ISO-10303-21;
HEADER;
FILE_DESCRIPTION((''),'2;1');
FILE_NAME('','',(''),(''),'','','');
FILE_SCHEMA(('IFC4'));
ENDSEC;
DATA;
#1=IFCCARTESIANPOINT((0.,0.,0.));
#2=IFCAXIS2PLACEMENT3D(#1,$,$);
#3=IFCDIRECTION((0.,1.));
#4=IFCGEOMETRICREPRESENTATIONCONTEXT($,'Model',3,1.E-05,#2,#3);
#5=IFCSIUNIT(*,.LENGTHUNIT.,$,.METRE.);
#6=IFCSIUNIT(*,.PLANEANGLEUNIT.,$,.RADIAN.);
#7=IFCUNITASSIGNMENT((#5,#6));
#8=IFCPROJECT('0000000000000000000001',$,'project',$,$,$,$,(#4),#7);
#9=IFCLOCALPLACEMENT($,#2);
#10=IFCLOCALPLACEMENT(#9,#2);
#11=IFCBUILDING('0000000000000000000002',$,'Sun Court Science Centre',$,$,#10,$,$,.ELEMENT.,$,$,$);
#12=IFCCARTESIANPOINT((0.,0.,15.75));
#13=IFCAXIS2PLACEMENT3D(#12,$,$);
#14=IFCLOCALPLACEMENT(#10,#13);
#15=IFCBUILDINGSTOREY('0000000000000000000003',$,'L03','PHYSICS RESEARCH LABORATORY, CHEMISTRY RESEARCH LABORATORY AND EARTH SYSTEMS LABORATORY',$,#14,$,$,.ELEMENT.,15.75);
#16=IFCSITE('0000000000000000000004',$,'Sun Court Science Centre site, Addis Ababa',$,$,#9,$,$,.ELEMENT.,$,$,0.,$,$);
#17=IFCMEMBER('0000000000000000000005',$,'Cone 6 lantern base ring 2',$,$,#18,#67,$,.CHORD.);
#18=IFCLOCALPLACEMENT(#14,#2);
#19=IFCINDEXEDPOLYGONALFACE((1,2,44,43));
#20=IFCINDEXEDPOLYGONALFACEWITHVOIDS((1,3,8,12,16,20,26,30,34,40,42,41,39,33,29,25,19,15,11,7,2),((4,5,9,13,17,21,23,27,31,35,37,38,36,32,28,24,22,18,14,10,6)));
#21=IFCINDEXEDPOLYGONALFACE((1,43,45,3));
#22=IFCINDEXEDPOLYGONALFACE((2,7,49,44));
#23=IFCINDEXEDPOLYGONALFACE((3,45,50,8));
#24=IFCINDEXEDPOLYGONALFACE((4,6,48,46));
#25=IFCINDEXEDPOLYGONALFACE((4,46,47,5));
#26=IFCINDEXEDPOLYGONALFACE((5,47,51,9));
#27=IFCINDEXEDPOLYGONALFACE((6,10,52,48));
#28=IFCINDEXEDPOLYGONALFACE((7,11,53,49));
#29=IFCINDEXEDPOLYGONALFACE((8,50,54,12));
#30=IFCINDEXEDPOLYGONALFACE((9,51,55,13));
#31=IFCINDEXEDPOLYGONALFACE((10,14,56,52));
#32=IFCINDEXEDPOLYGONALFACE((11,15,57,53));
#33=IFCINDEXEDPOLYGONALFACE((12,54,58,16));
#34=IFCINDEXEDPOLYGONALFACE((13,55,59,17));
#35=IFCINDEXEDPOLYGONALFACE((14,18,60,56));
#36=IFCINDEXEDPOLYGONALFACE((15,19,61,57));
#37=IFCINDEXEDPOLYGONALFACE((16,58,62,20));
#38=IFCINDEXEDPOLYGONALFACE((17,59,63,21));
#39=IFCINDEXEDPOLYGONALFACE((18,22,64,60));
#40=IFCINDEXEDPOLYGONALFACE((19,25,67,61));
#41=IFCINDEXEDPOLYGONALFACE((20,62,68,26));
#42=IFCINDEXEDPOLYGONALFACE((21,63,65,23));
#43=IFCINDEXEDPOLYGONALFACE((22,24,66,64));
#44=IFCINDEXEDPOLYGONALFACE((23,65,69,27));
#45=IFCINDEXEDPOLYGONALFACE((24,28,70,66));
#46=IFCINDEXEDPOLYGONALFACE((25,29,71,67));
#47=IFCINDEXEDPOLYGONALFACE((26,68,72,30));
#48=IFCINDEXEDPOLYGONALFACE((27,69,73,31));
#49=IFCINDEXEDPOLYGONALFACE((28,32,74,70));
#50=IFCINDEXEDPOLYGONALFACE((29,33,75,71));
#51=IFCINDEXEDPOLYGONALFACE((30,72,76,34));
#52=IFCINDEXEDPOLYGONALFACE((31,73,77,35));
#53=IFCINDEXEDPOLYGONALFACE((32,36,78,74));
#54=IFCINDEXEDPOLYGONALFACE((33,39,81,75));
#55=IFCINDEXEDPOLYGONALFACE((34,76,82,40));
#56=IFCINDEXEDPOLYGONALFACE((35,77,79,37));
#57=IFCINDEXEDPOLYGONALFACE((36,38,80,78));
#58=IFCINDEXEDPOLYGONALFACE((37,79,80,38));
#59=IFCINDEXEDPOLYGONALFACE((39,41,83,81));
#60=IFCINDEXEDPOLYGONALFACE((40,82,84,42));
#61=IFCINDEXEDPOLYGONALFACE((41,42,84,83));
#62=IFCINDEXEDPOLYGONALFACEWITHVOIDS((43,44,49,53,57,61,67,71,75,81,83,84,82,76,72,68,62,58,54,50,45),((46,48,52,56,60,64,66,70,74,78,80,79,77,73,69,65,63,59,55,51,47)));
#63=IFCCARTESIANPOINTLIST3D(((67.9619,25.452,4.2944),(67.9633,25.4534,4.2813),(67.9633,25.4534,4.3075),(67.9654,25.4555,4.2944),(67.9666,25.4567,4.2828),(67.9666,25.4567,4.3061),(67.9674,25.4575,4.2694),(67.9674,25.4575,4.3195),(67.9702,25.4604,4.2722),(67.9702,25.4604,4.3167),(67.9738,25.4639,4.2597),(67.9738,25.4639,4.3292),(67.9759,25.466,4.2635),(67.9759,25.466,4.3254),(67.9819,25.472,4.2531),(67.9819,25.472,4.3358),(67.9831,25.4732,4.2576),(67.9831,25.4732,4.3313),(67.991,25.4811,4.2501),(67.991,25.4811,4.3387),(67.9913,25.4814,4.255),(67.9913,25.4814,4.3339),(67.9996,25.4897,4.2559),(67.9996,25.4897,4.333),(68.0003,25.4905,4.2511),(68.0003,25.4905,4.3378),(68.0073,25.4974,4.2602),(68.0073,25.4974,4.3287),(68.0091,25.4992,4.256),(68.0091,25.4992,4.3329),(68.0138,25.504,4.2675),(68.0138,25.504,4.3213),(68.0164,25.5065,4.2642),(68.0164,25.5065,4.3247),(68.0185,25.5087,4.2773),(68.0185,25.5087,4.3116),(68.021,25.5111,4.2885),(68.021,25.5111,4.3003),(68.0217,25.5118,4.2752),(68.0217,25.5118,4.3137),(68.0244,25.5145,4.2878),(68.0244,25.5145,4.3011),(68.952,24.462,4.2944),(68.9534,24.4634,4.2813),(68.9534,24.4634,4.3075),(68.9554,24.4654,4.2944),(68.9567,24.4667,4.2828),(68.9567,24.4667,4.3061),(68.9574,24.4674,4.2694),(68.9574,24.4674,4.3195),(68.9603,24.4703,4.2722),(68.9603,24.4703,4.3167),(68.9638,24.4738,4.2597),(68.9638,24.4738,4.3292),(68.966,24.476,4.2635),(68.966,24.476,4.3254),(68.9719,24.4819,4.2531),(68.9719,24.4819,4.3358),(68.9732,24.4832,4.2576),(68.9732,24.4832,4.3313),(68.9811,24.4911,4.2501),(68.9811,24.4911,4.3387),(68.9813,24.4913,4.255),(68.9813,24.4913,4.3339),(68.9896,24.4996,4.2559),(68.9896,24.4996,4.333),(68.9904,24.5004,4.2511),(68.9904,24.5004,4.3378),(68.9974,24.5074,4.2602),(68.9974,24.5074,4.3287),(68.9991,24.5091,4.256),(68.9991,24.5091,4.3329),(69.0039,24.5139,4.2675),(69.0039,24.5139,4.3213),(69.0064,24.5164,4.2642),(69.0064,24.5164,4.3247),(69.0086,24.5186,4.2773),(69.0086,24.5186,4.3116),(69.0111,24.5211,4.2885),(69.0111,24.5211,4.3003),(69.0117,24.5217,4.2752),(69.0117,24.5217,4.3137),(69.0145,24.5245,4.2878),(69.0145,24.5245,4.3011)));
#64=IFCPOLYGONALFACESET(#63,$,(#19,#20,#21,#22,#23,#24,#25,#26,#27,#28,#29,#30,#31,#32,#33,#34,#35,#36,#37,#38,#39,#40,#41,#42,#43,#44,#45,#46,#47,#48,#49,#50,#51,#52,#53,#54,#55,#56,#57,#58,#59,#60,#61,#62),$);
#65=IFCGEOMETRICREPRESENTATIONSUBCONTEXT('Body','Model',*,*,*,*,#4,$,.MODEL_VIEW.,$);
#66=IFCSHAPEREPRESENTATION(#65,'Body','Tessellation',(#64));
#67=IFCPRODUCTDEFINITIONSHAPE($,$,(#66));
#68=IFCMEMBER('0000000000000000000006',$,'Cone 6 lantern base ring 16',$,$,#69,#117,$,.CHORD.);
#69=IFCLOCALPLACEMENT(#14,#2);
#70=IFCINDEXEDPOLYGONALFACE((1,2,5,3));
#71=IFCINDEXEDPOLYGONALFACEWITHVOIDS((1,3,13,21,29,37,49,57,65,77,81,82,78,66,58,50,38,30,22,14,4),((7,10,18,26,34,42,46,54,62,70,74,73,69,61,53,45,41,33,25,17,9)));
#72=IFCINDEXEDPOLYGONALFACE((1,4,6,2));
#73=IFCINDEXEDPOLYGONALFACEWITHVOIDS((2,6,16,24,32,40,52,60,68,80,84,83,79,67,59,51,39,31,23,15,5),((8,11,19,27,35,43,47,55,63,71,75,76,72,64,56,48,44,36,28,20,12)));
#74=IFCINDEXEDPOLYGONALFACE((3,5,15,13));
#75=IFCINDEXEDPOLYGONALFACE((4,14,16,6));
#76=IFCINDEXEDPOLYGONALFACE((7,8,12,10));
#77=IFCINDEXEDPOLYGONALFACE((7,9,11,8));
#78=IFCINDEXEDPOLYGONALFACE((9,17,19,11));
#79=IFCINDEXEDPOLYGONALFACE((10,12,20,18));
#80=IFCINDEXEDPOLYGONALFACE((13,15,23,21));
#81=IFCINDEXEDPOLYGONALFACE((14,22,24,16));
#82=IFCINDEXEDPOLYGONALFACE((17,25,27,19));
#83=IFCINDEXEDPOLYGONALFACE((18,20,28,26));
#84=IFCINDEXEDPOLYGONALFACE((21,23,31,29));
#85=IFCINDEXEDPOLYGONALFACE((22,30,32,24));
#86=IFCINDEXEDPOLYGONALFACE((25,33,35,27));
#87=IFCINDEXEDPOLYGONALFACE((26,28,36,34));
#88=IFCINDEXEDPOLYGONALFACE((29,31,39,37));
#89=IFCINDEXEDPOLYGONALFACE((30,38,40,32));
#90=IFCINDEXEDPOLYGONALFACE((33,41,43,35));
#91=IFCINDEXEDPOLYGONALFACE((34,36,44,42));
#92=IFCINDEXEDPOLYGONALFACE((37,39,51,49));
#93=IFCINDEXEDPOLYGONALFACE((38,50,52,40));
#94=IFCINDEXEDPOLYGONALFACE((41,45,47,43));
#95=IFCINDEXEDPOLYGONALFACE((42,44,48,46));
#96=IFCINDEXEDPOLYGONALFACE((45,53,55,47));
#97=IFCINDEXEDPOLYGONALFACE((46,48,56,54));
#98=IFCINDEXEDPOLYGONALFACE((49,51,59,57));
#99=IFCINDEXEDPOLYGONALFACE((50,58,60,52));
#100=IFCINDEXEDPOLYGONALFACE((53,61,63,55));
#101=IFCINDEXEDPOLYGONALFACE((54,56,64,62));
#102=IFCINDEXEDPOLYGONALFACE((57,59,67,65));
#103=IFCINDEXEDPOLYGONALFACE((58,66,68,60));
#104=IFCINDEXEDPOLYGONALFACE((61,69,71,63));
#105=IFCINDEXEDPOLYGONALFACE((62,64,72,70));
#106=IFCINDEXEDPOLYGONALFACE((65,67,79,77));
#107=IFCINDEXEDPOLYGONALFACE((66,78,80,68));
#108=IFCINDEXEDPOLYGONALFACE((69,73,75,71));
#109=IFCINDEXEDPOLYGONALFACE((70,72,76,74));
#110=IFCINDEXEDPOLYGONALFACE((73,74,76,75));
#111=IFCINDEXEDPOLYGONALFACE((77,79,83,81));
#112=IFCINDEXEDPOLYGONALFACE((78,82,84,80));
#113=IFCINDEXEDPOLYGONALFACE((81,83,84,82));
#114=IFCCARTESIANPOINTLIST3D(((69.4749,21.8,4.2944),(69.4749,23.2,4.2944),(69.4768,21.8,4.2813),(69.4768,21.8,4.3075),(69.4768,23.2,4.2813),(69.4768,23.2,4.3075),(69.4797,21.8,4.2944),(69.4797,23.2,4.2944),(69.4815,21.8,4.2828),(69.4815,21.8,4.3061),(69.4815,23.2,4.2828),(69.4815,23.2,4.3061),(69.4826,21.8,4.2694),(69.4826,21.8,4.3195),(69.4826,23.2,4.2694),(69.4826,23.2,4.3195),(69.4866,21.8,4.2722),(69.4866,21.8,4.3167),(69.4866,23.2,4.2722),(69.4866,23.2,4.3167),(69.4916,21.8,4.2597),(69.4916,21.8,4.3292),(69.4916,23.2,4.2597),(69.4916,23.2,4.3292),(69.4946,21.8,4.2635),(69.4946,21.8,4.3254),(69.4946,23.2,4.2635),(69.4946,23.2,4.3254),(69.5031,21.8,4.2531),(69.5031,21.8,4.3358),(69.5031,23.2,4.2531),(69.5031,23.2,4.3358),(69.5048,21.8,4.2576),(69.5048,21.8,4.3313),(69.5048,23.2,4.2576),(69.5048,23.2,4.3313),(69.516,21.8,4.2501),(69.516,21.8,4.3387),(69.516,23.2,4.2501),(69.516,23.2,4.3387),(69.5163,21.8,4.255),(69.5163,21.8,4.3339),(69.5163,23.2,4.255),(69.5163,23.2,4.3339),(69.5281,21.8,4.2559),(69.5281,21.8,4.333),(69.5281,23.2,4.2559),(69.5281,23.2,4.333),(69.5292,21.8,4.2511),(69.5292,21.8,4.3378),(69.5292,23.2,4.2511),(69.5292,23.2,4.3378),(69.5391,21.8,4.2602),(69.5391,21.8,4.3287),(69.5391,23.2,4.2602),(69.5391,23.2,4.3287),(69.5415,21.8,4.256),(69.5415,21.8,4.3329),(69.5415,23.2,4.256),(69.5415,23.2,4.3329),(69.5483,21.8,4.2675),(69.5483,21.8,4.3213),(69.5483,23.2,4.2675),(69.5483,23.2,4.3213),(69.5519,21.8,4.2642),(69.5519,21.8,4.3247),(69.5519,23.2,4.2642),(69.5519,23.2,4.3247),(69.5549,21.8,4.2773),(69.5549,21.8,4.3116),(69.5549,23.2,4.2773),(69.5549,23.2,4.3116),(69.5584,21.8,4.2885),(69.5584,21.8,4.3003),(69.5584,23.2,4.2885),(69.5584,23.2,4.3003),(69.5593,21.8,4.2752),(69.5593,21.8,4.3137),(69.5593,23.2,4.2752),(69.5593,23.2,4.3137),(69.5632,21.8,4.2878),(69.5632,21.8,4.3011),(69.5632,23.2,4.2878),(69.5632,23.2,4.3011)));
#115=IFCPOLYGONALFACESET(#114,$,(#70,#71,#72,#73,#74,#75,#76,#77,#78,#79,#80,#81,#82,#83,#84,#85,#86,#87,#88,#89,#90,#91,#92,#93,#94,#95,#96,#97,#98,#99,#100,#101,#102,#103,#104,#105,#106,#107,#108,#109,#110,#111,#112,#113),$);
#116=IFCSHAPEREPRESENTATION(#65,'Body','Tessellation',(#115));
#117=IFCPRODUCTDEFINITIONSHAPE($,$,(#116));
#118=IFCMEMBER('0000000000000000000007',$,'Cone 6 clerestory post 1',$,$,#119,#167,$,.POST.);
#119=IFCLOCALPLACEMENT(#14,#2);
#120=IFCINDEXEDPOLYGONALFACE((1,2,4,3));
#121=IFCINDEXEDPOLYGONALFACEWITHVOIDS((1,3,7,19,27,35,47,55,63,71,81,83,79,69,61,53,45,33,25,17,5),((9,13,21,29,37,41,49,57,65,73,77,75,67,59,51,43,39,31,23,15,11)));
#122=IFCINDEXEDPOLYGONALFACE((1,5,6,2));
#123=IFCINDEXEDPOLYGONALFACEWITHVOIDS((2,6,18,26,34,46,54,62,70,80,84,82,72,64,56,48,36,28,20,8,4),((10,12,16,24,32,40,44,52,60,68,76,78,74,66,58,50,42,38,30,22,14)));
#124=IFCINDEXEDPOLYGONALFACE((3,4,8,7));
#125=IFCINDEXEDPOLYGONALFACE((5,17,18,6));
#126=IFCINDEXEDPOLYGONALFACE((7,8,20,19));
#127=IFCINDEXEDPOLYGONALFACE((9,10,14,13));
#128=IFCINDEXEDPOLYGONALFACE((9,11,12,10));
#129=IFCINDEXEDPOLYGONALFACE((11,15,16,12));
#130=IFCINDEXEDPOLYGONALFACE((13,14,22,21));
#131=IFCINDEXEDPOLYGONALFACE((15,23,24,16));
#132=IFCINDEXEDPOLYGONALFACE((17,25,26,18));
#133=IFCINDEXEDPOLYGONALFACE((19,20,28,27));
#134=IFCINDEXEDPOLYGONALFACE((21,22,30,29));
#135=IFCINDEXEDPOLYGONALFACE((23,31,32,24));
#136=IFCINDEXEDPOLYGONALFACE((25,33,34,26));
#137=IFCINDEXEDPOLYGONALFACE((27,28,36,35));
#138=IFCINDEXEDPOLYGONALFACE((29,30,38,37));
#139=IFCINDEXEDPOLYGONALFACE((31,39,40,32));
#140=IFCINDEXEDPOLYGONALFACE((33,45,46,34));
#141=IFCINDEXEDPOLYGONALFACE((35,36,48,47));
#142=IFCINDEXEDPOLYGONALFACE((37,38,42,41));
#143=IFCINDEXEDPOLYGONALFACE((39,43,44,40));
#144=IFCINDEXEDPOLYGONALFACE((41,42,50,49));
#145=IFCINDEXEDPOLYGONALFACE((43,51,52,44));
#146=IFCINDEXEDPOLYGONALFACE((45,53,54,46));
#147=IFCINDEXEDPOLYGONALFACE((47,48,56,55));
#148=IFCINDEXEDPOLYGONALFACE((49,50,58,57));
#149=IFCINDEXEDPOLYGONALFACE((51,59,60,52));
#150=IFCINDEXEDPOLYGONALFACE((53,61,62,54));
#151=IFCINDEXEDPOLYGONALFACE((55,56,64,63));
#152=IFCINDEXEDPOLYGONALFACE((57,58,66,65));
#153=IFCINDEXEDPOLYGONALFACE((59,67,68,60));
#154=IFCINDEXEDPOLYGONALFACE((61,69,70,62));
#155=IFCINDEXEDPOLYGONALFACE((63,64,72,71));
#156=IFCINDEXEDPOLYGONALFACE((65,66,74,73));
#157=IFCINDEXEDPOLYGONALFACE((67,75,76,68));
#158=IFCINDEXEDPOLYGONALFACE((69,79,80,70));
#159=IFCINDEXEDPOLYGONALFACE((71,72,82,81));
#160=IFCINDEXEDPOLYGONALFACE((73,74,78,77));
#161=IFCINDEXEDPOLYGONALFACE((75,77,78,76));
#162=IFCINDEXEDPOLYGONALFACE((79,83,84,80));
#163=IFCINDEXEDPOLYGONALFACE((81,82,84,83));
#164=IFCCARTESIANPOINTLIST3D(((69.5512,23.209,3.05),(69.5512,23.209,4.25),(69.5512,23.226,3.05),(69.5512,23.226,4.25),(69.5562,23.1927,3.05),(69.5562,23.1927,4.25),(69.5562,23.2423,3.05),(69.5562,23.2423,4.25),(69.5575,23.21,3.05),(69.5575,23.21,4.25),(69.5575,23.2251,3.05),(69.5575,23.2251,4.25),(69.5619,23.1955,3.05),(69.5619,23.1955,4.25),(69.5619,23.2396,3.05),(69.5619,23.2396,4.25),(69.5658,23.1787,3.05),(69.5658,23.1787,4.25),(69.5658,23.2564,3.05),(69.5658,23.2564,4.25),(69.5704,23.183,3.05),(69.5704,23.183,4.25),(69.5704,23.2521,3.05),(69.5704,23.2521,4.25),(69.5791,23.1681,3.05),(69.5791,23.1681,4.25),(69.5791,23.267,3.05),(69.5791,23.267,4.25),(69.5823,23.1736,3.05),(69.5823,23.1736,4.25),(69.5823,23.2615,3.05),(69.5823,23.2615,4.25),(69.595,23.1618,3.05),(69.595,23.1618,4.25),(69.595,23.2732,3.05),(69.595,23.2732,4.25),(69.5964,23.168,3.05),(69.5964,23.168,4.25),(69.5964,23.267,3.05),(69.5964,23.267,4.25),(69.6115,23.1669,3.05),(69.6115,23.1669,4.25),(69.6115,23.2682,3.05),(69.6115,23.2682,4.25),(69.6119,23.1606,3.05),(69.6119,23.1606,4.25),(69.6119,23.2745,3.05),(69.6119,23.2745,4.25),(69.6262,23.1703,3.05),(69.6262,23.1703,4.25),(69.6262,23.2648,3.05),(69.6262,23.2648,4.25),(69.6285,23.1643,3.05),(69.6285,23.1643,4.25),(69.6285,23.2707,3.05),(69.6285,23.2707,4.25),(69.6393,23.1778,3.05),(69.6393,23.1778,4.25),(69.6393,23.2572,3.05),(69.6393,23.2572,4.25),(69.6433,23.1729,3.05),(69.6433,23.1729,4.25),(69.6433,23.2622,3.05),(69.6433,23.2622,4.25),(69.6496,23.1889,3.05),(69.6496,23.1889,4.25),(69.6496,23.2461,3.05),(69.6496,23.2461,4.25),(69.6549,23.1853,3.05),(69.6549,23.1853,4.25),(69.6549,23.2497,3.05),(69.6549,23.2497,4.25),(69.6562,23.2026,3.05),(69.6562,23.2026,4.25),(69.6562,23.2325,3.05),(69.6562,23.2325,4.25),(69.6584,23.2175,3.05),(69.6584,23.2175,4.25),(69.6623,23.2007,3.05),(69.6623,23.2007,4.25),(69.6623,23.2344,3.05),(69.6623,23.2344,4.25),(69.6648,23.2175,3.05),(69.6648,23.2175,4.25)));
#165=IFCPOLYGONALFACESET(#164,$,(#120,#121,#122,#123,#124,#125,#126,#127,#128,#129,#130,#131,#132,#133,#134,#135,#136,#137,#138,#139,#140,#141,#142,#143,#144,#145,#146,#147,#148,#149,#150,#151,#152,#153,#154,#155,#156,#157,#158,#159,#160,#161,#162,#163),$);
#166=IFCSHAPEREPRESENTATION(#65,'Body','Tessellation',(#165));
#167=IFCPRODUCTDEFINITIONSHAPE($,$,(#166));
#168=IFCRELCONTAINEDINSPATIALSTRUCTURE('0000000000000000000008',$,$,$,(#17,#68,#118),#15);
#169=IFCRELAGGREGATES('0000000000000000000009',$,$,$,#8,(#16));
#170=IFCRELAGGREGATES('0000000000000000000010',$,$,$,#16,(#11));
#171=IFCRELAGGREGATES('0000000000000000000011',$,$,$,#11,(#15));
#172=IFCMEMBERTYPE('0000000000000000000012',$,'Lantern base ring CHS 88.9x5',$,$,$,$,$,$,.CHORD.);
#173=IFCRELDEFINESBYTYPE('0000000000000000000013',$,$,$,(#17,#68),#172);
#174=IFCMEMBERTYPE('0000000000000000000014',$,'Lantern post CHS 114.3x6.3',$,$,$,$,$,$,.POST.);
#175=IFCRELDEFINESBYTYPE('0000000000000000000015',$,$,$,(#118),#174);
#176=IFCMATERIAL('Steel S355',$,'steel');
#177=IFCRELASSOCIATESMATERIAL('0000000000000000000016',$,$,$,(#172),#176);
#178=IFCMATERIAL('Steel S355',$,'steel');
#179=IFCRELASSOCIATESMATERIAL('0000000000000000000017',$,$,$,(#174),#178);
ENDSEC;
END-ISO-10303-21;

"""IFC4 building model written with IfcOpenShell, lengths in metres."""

from ifc_helpers import new_model, si_unit, direction, frame, origin, origin_2d, place, context, subcontext, project, spatial, hollow_circle, extrude, material, material_profile, profile_set, type_object, element, save


model = new_model("IFC4")

# Units and contexts
model_context = context("Model", 3, precision=1e-05, world=origin(), true_north=direction((0.0, 1.0)))
body_context = subcontext(model_context, "Body", "Model", "MODEL_VIEW")
ifc_project = project(units=[si_unit("LENGTHUNIT", "METRE"), si_unit("PLANEANGLEUNIT", "RADIAN")], contexts=[model_context])

# Site, building, storey
site_placement = place(None, origin())
site = spatial("IfcSite", under=ifc_project, at=site_placement, Name="Sun Court Science Centre site, Addis Ababa", CompositionType="ELEMENT", RefElevation=0.0)
building_placement = place(site_placement, origin())
building = spatial("IfcBuilding", under=site, at=building_placement, Name="Sun Court Science Centre", CompositionType="ELEMENT")
storey_placement = place(building_placement, frame((0.0, 0.0, 15.75)))
storey = spatial("IfcBuildingStorey", under=building, at=storey_placement, Name="L03", Description="PHYSICS RESEARCH LABORATORY, CHEMISTRY RESEARCH LABORATORY AND EARTH SYSTEMS LABORATORY", CompositionType="ELEMENT", Elevation=15.75)

# Members
ifc_material_1 = material(Name="Steel S355", Category="steel")
ifc_material_profile_1 = material_profile(ifc_material_1, hollow_circle(Radius=0.0444, WallThickness=0.0049, at=origin_2d()), Name="CHS 88.9x5")
ifc_profile_set_1 = profile_set([ifc_material_profile_1], Name="Steel S355")
member_type_1 = type_object("IfcMemberType", Name="Lantern base ring CHS 88.9x5", PredefinedType="CHORD", material=ifc_profile_set_1)
for number, where, z_axis, x_axis, name in (
    (1, (68.9834, 24.4934, 4.2944), (-0.707107, 0.707107, 0.0), (-0.707107, -0.707107, 0.0), "Cone 6 lantern base ring 2"),
):
    element("IfcMember", number, at=place(storey_placement, frame(where, z_axis=z_axis, x_axis=x_axis)), inside=storey, type_object=member_type_1, Name=name, PredefinedType="CHORD", context=body_context, shape_type="SweptSolid", body=[
        extrude(hollow_circle(Radius=0.0444, WallThickness=0.0049, at=origin_2d()), origin(), (0.0, 0.0, 1.0), 1.4001),
    ])
member_1_placement = place(storey_placement, frame((69.5193, 21.8, 4.2944), z_axis=(0.0, 1.0, 0.0), x_axis=(-1.0, 0.0, 0.0)))
element("IfcMember", 2, at=member_1_placement, inside=storey, type_object=member_type_1, Name="Cone 6 lantern base ring 16", PredefinedType="CHORD", context=body_context, shape_type="SweptSolid", body=[
    extrude(hollow_circle(Radius=0.0444, WallThickness=0.0049, at=origin_2d()), origin(), (0.0, 0.0, 1.0), 1.3999),
])
ifc_material_2 = material(Name="Steel S355", Category="steel")
ifc_material_profile_2 = material_profile(ifc_material_2, hollow_circle(Radius=0.0571, WallThickness=0.0063, at=origin_2d()), Name="CHS 114.3x6.3")
ifc_profile_set_2 = profile_set([ifc_material_profile_2], Name="Steel S355")
member_type_2 = type_object("IfcMemberType", Name="Lantern post CHS 114.3x6.3", PredefinedType="POST", material=ifc_profile_set_2)
for number, where, z_axis, x_axis, name in (
    (3, (69.6077, 23.2175, 3.05), (0.0, 0.0, 1.0), (1.0, 0.0, 0.0), "Cone 6 clerestory post 1"),
):
    element("IfcMember", number, at=place(storey_placement, frame(where, z_axis=z_axis, x_axis=x_axis)), inside=storey, type_object=member_type_2, Name=name, PredefinedType="POST", context=body_context, shape_type="SweptSolid", body=[
        extrude(hollow_circle(Radius=0.0571, WallThickness=0.0063, at=origin_2d()), origin(), (0.0, 0.0, 1.0), 1.2),
    ])

save(model, "model.ifc")
